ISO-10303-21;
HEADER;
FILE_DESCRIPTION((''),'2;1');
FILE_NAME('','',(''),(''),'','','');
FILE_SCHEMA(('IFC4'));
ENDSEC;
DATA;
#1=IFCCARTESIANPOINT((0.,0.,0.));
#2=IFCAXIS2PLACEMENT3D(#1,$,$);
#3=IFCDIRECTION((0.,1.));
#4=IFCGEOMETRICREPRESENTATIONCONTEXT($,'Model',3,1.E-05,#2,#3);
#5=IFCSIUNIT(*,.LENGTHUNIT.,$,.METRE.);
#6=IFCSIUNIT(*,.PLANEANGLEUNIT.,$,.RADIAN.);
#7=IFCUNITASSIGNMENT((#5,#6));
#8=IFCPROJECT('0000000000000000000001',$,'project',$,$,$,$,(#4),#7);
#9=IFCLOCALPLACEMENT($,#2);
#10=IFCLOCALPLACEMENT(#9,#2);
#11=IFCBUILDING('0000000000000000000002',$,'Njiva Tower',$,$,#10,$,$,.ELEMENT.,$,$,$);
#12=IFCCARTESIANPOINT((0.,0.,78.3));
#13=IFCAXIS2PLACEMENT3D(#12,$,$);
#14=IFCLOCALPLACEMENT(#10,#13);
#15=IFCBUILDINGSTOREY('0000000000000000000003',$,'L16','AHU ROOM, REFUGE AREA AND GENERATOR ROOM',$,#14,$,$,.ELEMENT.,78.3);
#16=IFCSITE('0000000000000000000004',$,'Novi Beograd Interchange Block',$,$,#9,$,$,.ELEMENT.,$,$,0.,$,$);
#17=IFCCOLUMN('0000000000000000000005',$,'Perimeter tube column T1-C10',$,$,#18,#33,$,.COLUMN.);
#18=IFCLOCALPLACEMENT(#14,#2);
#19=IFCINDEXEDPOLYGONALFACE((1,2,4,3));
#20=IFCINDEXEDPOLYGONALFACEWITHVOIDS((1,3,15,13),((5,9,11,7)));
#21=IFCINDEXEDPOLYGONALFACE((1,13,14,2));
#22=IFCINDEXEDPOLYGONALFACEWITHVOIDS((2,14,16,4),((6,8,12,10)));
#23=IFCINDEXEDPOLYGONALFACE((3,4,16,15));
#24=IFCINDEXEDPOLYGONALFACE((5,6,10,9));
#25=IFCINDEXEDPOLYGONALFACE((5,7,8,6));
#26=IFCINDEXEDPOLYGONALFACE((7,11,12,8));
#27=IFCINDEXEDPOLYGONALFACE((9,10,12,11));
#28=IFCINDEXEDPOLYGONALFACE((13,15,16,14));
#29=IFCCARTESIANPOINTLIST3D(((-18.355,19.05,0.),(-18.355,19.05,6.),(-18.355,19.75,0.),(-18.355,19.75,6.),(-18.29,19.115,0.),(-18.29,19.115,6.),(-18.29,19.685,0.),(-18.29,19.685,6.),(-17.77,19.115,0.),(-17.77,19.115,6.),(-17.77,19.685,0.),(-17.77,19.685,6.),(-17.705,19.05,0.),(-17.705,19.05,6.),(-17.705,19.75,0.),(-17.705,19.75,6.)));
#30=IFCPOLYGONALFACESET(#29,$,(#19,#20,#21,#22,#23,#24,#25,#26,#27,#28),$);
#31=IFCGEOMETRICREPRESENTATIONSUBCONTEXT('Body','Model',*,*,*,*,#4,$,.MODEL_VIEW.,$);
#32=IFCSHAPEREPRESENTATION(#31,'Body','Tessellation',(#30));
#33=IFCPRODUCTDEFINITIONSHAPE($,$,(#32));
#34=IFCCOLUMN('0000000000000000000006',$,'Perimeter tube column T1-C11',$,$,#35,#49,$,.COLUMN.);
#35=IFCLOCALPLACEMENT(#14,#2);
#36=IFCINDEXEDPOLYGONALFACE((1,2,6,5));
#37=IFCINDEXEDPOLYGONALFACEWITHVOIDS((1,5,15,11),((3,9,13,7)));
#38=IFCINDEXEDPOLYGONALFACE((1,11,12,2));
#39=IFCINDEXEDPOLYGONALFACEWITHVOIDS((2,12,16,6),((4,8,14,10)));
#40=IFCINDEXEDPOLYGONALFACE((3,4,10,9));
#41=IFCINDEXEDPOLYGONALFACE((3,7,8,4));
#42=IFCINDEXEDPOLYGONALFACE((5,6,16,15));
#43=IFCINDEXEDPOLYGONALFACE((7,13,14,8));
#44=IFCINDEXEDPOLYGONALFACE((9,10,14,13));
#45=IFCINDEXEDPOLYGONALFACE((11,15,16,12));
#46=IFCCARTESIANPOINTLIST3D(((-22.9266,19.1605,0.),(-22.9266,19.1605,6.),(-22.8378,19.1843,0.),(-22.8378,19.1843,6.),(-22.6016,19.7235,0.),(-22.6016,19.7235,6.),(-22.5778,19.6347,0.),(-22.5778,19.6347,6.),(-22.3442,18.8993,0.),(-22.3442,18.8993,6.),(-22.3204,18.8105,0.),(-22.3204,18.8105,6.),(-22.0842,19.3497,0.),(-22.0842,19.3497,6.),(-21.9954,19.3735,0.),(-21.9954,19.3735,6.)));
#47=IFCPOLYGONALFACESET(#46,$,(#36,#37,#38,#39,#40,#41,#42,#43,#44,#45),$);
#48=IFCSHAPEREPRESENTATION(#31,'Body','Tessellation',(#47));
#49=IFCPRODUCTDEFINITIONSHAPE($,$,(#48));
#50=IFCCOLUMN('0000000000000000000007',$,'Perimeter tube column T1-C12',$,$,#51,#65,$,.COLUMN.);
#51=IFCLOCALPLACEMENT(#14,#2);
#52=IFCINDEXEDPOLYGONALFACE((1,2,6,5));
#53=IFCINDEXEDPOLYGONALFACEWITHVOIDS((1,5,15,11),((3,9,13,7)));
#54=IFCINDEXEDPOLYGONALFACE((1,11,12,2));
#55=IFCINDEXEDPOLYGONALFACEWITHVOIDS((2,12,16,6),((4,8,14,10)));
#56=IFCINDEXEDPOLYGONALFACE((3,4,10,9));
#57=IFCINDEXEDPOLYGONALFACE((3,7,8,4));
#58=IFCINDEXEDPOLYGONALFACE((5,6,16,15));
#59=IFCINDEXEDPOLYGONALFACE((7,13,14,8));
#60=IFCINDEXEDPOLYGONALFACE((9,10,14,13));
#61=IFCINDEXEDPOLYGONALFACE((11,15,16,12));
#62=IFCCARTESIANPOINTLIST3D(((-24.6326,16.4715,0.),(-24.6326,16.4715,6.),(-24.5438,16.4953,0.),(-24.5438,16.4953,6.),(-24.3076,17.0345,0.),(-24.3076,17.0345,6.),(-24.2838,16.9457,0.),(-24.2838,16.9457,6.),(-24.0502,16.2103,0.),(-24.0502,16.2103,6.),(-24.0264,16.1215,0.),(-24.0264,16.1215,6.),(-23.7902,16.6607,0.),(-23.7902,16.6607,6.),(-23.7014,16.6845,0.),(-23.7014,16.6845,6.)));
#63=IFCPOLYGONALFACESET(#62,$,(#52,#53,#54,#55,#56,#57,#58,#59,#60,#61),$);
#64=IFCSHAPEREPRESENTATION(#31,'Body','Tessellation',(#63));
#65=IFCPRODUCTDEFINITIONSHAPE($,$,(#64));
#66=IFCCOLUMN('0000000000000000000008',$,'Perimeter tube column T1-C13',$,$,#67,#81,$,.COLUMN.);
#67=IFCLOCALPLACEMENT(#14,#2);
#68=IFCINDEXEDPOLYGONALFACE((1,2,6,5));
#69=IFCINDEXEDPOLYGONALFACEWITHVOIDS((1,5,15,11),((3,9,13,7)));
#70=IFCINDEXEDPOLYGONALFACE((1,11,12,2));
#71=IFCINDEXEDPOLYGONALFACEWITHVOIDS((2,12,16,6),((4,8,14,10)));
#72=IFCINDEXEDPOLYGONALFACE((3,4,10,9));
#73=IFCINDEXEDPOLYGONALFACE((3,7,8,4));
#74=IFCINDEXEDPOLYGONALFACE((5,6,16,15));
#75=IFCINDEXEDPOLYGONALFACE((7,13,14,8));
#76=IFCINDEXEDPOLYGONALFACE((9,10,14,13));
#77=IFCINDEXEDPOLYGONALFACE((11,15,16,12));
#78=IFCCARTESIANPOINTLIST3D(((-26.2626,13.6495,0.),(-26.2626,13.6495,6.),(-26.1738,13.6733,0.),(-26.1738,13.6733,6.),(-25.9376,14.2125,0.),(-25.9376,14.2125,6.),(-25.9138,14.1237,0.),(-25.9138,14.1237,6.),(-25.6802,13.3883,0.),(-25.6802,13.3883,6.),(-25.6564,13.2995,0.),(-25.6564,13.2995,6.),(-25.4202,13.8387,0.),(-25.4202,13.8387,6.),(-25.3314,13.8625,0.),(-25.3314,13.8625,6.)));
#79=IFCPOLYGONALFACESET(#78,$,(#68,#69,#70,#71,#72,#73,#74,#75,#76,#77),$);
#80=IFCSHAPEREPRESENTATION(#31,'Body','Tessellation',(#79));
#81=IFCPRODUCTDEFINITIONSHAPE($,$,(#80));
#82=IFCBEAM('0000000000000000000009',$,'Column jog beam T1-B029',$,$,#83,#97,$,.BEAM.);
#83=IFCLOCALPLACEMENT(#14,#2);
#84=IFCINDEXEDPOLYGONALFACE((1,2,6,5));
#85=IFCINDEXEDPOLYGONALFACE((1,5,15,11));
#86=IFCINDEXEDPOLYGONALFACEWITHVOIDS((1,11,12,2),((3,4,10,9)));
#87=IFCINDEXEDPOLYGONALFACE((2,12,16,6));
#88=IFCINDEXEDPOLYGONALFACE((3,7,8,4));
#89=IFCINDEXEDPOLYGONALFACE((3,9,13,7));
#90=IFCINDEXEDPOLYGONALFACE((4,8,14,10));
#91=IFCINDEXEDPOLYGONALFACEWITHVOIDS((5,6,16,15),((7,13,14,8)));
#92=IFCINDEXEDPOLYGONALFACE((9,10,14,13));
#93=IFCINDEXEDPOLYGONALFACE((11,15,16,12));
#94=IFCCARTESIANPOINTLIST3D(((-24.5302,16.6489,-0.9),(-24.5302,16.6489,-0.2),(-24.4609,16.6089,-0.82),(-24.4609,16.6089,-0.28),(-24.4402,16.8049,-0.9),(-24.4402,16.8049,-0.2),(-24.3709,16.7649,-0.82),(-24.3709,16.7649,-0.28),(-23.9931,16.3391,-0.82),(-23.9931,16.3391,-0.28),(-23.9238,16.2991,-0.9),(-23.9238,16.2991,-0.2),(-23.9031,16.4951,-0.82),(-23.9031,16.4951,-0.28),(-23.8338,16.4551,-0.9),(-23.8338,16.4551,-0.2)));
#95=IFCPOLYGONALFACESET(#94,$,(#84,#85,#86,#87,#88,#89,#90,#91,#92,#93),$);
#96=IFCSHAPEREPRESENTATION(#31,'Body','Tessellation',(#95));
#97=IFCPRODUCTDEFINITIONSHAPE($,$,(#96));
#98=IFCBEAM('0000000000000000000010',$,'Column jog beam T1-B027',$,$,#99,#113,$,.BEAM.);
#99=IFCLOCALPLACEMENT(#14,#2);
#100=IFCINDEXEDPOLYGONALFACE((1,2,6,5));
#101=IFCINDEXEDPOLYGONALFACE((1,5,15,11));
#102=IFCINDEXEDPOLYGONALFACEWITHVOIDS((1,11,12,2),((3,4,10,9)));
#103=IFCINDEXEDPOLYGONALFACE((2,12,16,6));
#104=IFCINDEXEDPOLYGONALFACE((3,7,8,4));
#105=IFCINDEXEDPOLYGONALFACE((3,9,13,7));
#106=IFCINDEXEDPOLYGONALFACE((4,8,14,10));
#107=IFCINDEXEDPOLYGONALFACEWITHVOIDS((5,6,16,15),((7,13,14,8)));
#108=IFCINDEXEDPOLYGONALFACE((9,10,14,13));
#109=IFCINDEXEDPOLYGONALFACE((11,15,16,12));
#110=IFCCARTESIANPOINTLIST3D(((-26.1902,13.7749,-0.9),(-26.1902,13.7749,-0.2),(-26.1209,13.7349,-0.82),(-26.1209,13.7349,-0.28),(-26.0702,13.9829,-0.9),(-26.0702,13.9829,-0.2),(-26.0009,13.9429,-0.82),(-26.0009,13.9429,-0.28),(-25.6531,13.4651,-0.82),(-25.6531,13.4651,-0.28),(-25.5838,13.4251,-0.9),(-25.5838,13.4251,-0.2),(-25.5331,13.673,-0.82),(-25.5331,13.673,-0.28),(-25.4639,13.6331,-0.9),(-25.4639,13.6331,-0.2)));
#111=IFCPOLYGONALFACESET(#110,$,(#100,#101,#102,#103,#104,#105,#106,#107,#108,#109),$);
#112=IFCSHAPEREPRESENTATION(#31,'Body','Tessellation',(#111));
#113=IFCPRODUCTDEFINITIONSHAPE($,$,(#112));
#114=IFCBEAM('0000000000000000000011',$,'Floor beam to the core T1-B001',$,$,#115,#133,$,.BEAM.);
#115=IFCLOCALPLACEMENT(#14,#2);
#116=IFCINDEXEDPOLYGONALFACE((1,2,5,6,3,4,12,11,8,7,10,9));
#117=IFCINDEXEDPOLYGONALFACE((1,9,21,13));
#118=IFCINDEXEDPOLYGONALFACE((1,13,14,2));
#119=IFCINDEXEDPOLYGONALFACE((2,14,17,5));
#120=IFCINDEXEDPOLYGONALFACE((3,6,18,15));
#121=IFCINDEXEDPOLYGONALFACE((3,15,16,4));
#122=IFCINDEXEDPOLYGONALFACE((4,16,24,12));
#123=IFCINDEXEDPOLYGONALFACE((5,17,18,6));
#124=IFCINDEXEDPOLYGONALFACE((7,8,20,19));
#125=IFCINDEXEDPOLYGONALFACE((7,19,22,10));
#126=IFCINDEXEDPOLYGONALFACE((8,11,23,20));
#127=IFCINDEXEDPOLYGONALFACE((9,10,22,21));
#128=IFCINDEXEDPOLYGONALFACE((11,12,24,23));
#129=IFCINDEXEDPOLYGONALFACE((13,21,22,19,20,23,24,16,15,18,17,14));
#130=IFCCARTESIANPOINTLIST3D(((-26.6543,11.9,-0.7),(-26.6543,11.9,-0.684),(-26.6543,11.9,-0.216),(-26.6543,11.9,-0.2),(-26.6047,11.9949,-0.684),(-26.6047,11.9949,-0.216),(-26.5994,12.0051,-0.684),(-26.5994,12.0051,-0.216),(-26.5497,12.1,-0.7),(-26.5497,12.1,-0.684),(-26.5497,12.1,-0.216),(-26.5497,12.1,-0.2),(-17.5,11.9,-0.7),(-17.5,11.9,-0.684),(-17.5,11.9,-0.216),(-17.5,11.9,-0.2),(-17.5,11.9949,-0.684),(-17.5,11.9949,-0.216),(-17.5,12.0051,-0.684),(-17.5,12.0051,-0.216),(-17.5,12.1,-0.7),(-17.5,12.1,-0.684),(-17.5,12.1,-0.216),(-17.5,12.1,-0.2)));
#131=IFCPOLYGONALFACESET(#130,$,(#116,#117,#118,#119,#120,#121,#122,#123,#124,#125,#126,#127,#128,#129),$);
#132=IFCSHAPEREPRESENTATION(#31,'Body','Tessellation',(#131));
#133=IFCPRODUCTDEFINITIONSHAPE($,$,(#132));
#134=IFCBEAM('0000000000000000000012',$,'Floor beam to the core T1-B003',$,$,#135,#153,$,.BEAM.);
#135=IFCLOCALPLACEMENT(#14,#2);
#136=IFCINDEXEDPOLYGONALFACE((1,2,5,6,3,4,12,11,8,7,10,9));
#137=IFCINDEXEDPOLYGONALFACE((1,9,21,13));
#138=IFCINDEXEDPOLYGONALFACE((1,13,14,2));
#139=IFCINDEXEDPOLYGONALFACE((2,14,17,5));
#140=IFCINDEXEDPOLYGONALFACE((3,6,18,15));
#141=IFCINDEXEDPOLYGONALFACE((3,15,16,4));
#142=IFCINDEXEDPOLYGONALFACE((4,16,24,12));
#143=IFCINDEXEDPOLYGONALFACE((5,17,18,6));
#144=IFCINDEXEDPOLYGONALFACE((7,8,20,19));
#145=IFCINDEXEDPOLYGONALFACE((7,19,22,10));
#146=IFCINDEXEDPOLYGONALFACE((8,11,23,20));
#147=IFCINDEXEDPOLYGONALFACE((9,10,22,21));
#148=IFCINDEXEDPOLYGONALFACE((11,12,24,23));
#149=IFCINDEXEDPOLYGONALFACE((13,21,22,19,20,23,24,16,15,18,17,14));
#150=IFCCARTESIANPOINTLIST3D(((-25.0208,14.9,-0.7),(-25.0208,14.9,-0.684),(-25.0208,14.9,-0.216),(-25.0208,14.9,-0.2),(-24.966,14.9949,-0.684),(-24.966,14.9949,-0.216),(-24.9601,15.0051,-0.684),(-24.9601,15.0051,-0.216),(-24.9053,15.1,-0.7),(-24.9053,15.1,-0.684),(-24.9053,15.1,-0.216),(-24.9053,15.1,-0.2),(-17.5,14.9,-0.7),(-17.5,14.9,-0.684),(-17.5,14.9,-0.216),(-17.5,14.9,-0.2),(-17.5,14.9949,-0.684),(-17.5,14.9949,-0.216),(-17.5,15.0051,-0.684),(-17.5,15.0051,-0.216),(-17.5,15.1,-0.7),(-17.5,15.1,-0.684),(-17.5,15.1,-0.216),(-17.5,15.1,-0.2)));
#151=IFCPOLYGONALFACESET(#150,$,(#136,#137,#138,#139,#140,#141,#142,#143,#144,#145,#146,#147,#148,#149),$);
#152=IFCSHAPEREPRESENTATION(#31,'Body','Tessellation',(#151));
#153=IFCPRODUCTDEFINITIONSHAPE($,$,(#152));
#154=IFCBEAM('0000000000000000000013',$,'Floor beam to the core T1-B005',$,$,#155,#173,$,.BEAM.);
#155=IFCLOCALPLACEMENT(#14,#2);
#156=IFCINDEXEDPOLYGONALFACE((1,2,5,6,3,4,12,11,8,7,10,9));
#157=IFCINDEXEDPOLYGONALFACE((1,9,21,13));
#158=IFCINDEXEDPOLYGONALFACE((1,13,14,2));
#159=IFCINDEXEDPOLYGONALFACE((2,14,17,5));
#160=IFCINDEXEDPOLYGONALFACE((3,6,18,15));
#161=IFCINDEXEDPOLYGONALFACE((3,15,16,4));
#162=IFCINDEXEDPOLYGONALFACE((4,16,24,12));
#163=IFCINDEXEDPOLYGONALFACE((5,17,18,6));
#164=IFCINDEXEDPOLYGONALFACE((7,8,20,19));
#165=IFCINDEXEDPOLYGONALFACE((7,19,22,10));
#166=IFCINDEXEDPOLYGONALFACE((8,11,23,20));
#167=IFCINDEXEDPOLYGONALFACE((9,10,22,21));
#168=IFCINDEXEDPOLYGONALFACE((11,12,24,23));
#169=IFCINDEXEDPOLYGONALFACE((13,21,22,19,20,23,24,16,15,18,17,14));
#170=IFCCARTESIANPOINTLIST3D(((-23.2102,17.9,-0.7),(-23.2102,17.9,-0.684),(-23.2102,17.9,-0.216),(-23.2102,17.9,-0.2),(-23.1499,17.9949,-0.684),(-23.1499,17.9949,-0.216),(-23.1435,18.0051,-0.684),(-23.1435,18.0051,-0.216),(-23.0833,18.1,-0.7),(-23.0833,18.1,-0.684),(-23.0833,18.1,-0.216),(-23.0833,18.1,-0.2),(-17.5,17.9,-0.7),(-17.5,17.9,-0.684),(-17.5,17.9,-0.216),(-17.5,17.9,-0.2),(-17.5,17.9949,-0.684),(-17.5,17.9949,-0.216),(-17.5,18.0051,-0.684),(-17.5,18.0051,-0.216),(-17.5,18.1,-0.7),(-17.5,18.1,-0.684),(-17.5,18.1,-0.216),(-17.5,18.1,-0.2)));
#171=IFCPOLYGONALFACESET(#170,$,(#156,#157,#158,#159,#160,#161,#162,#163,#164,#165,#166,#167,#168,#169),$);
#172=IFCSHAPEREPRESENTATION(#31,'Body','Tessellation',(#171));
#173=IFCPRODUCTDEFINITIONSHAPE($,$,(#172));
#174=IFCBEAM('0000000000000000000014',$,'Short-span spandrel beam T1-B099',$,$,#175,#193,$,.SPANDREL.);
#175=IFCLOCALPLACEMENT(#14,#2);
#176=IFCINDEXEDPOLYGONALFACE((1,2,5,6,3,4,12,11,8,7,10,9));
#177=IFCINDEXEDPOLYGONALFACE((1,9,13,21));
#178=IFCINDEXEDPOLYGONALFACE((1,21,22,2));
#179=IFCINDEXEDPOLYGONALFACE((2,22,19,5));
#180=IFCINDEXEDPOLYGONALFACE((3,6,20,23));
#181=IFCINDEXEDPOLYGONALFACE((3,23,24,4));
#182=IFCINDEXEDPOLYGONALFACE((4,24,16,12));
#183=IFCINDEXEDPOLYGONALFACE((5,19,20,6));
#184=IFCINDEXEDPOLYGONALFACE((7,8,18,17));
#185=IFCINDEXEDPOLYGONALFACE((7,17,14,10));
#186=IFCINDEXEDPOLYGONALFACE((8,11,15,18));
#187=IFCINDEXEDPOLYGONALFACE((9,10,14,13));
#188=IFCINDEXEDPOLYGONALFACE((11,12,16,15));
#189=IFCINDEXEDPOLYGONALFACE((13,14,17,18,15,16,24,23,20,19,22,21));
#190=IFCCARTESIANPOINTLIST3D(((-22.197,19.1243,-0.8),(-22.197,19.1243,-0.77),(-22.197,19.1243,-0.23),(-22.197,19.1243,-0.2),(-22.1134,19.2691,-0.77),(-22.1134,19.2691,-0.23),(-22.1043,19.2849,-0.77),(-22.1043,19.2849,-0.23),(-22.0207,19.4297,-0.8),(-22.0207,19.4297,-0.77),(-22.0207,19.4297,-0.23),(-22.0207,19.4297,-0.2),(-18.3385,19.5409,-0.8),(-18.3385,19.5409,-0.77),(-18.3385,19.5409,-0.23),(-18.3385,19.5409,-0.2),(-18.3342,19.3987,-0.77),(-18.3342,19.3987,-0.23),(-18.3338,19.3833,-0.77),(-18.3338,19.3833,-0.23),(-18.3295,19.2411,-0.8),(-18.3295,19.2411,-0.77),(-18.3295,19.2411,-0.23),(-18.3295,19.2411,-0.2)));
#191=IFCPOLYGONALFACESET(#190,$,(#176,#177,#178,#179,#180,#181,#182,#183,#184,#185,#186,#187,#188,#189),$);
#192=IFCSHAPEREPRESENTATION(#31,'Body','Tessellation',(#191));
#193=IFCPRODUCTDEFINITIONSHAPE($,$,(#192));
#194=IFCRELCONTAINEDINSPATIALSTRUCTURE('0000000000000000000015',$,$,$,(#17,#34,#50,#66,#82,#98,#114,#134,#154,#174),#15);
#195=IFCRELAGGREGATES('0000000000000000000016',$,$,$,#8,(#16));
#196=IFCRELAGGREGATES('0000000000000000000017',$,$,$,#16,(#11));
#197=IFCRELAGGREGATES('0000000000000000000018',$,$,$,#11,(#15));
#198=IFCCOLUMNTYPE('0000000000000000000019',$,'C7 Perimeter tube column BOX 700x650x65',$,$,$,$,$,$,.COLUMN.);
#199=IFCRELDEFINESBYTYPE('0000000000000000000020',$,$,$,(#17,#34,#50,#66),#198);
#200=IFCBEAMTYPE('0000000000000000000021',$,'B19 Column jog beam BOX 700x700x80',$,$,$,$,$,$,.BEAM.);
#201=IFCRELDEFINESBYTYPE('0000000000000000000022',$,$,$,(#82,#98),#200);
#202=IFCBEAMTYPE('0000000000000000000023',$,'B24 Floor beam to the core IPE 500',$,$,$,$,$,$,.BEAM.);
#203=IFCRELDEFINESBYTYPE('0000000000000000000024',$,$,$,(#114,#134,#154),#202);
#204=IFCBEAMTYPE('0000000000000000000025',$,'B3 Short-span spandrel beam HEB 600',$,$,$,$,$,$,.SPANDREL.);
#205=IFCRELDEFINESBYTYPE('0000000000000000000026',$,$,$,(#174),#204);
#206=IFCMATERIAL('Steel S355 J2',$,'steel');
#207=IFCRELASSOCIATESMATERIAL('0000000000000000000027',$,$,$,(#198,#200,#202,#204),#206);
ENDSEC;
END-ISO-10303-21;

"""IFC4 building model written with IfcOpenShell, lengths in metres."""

from ifc_helpers import new_model, si_unit, direction, frame, origin, origin_2d, place, context, subcontext, project, spatial, hollow_rectangle, i_section, extrude, clip, halfspace, material, material_profile, profile_set, type_object, element, save


model = new_model("IFC4")

# Units and contexts
model_context = context("Model", 3, precision=1e-05, world=origin(), true_north=direction((0.0, 1.0)))
body_context = subcontext(model_context, "Body", "Model", "MODEL_VIEW")
ifc_project = project(units=[si_unit("LENGTHUNIT", "METRE"), si_unit("PLANEANGLEUNIT", "RADIAN")], contexts=[model_context])

# Site, building, storey
site_placement = place(None, origin())
site = spatial("IfcSite", under=ifc_project, at=site_placement, Name="Novi Beograd Interchange Block", CompositionType="ELEMENT", RefElevation=0.0)
building_placement = place(site_placement, origin())
building = spatial("IfcBuilding", under=site, at=building_placement, Name="Njiva Tower", CompositionType="ELEMENT")
storey_placement = place(building_placement, frame((0.0, 0.0, 78.3)))
storey = spatial("IfcBuildingStorey", under=building, at=storey_placement, Name="L16", Description="AHU ROOM, REFUGE AREA AND GENERATOR ROOM", CompositionType="ELEMENT", Elevation=78.3)

# Columns
ifc_material_1 = material(Name="Steel S355 J2", Category="steel")
ifc_material_profile_1 = material_profile(ifc_material_1, hollow_rectangle(XDim=0.65, YDim=0.7, WallThickness=0.065, at=origin_2d()), Name="BOX 700x650x65")
ifc_profile_set_1 = profile_set([ifc_material_profile_1], Name="Steel S355 J2")
column_type = type_object("IfcColumnType", Name="C7 Perimeter tube column BOX 700x650x65", PredefinedType="COLUMN", material=ifc_profile_set_1)
for number, where, z_axis, x_axis, name in (
    (1, (-18.03, 19.4, 0.0), (0.0, 0.0, 1.0), (-1.0, 0.0, 0.0), "Perimeter tube column T1-C10"),
    (2, (-22.461, 19.267, 0.0), (0.0, 0.0, 1.0), (-0.5, -0.866025, 0.0), "Perimeter tube column T1-C11"),
    (3, (-24.167, 16.578, 0.0), (0.0, 0.0, 1.0), (-0.5, -0.866025, 0.0), "Perimeter tube column T1-C12"),
    (4, (-25.797, 13.756, 0.0), (0.0, 0.0, 1.0), (-0.5, -0.866025, 0.0), "Perimeter tube column T1-C13"),
):
    element("IfcColumn", number, at=place(storey_placement, frame(where, z_axis=z_axis, x_axis=x_axis)), inside=storey, type_object=column_type, Name=name, PredefinedType="COLUMN", context=body_context, shape_type="SweptSolid", body=[
        extrude(hollow_rectangle(XDim=0.65, YDim=0.7, WallThickness=0.065, at=origin_2d()), origin(), (0.0, 0.0, 1.0), 6.0),
    ])

# Beams
ifc_material_profile_2 = material_profile(ifc_material_1, hollow_rectangle(XDim=0.7, YDim=0.7, WallThickness=0.08, at=origin_2d()), Name="BOX 700x700x80")
ifc_profile_set_2 = profile_set([ifc_material_profile_2], Name="Steel S355 J2")
beam_type_1 = type_object("IfcBeamType", Name="B19 Column jog beam BOX 700x700x80", PredefinedType="BEAM", material=ifc_profile_set_2)
beam_1_placement = place(storey_placement, frame((-24.227, 16.474, -0.55), z_axis=(0.499722, 0.866186, 0.0), x_axis=(-0.866186, 0.499722, 0.0)))
element("IfcBeam", 5, at=beam_1_placement, inside=storey, type_object=beam_type_1, Name="Column jog beam T1-B029", PredefinedType="BEAM", context=body_context, shape_type="SweptSolid", body=[
    extrude(hollow_rectangle(XDim=0.7, YDim=0.7, WallThickness=0.08, at=origin_2d()), origin(), (0.0, 0.0, 1.0), 0.1801),
])
beam_2_placement = place(storey_placement, frame((-25.887, 13.6, -0.55), z_axis=(0.499722, 0.866186, 0.0), x_axis=(-0.866186, 0.499722, 0.0)))
element("IfcBeam", 6, at=beam_2_placement, inside=storey, type_object=beam_type_1, Name="Column jog beam T1-B027", PredefinedType="BEAM", context=body_context, shape_type="SweptSolid", body=[
    extrude(hollow_rectangle(XDim=0.7, YDim=0.7, WallThickness=0.08, at=origin_2d()), origin(), (0.0, 0.0, 1.0), 0.2401),
])
ifc_material_profile_3 = material_profile(ifc_material_1, i_section(OverallWidth=0.2, OverallDepth=0.5, WebThickness=0.0102, FlangeThickness=0.016, at=origin_2d()), Name="IPE 500")
ifc_profile_set_3 = profile_set([ifc_material_profile_3], Name="Steel S355 J2")
beam_type_2 = type_object("IfcBeamType", Name="B24 Floor beam to the core IPE 500", PredefinedType="BEAM", material=ifc_profile_set_3)
beam_3_placement = place(storey_placement, frame((-26.674, 12.0, -0.45), z_axis=(1.0, 0.0, 0.0), x_axis=(0.0, 1.0, 0.0)))
element("IfcBeam", 7, at=beam_3_placement, inside=storey, type_object=beam_type_2, Name="Floor beam to the core T1-B001", PredefinedType="BEAM", context=body_context, shape_type="Clipping", body=[
    clip(extrude(i_section(OverallWidth=0.2, OverallDepth=0.5, WebThickness=0.0102, FlangeThickness=0.016, at=origin_2d()), origin(), (0.0, 0.0, 1.0), 9.174), halfspace(frame((0.0232, 0.0, 0.0841), z_axis=(0.463368, 0.0, -0.886166), x_axis=(0.0, -1.0, 0.0)), False)),
])
beam_4_placement = place(storey_placement, frame((-25.041, 15.0, -0.45), z_axis=(1.0, 0.0, 0.0), x_axis=(0.0, 1.0, 0.0)))
element("IfcBeam", 8, at=beam_4_placement, inside=storey, type_object=beam_type_2, Name="Floor beam to the core T1-B003", PredefinedType="BEAM", context=body_context, shape_type="Clipping", body=[
    clip(extrude(i_section(OverallWidth=0.2, OverallDepth=0.5, WebThickness=0.0102, FlangeThickness=0.016, at=origin_2d()), origin(), (0.0, 0.0, 1.0), 7.541), halfspace(frame((0.025, 0.0, 0.0924), z_axis=(0.499998, 0.0, -0.866027), x_axis=(0.0, -1.0, 0.0)), False)),
])
beam_5_placement = place(storey_placement, frame((-23.23, 18.0, -0.45), z_axis=(1.0, 0.0, 0.0), x_axis=(0.0, 1.0, 0.0)))
element("IfcBeam", 9, at=beam_5_placement, inside=storey, type_object=beam_type_2, Name="Floor beam to the core T1-B005", PredefinedType="BEAM", context=body_context, shape_type="Clipping", body=[
    clip(extrude(i_section(OverallWidth=0.2, OverallDepth=0.5, WebThickness=0.0102, FlangeThickness=0.016, at=origin_2d()), origin(), (0.0, 0.0, 1.0), 5.73), halfspace(frame((0.0268, 0.0, 0.1003), z_axis=(0.53576, 0.0, -0.84437), x_axis=(0.0, -1.0, 0.0)), False)),
])
ifc_material_profile_4 = material_profile(ifc_material_1, i_section(OverallWidth=0.3, OverallDepth=0.6, WebThickness=0.0155, FlangeThickness=0.03, at=origin_2d()), Name="HEB 600")
ifc_profile_set_4 = profile_set([ifc_material_profile_4], Name="Steel S355 J2")
beam_type_3 = type_object("IfcBeamType", Name="B3 Short-span spandrel beam HEB 600", PredefinedType="SPANDREL", material=ifc_profile_set_4)
beam_6_placement = place(storey_placement, frame((-18.334, 19.391, -0.5), z_axis=(-0.999544, -0.030185, 0.0), x_axis=(0.030185, -0.999544, 0.0)))
element("IfcBeam", 10, at=beam_6_placement, inside=storey, type_object=beam_type_3, Name="Short-span spandrel beam T1-B099", PredefinedType="SPANDREL", context=body_context, shape_type="Clipping", body=[
    clip(extrude(i_section(OverallWidth=0.3, OverallDepth=0.6, WebThickness=0.0155, FlangeThickness=0.03, at=origin_2d()), origin(), (0.0, 0.0, 1.0), 3.8897), halfspace(frame((-0.0268, 0.0, 3.76), z_axis=(-0.525911, 0.0, 0.85054), x_axis=(0.0, 1.0, 0.0)), False)),
])

save(model, "model.ifc")
